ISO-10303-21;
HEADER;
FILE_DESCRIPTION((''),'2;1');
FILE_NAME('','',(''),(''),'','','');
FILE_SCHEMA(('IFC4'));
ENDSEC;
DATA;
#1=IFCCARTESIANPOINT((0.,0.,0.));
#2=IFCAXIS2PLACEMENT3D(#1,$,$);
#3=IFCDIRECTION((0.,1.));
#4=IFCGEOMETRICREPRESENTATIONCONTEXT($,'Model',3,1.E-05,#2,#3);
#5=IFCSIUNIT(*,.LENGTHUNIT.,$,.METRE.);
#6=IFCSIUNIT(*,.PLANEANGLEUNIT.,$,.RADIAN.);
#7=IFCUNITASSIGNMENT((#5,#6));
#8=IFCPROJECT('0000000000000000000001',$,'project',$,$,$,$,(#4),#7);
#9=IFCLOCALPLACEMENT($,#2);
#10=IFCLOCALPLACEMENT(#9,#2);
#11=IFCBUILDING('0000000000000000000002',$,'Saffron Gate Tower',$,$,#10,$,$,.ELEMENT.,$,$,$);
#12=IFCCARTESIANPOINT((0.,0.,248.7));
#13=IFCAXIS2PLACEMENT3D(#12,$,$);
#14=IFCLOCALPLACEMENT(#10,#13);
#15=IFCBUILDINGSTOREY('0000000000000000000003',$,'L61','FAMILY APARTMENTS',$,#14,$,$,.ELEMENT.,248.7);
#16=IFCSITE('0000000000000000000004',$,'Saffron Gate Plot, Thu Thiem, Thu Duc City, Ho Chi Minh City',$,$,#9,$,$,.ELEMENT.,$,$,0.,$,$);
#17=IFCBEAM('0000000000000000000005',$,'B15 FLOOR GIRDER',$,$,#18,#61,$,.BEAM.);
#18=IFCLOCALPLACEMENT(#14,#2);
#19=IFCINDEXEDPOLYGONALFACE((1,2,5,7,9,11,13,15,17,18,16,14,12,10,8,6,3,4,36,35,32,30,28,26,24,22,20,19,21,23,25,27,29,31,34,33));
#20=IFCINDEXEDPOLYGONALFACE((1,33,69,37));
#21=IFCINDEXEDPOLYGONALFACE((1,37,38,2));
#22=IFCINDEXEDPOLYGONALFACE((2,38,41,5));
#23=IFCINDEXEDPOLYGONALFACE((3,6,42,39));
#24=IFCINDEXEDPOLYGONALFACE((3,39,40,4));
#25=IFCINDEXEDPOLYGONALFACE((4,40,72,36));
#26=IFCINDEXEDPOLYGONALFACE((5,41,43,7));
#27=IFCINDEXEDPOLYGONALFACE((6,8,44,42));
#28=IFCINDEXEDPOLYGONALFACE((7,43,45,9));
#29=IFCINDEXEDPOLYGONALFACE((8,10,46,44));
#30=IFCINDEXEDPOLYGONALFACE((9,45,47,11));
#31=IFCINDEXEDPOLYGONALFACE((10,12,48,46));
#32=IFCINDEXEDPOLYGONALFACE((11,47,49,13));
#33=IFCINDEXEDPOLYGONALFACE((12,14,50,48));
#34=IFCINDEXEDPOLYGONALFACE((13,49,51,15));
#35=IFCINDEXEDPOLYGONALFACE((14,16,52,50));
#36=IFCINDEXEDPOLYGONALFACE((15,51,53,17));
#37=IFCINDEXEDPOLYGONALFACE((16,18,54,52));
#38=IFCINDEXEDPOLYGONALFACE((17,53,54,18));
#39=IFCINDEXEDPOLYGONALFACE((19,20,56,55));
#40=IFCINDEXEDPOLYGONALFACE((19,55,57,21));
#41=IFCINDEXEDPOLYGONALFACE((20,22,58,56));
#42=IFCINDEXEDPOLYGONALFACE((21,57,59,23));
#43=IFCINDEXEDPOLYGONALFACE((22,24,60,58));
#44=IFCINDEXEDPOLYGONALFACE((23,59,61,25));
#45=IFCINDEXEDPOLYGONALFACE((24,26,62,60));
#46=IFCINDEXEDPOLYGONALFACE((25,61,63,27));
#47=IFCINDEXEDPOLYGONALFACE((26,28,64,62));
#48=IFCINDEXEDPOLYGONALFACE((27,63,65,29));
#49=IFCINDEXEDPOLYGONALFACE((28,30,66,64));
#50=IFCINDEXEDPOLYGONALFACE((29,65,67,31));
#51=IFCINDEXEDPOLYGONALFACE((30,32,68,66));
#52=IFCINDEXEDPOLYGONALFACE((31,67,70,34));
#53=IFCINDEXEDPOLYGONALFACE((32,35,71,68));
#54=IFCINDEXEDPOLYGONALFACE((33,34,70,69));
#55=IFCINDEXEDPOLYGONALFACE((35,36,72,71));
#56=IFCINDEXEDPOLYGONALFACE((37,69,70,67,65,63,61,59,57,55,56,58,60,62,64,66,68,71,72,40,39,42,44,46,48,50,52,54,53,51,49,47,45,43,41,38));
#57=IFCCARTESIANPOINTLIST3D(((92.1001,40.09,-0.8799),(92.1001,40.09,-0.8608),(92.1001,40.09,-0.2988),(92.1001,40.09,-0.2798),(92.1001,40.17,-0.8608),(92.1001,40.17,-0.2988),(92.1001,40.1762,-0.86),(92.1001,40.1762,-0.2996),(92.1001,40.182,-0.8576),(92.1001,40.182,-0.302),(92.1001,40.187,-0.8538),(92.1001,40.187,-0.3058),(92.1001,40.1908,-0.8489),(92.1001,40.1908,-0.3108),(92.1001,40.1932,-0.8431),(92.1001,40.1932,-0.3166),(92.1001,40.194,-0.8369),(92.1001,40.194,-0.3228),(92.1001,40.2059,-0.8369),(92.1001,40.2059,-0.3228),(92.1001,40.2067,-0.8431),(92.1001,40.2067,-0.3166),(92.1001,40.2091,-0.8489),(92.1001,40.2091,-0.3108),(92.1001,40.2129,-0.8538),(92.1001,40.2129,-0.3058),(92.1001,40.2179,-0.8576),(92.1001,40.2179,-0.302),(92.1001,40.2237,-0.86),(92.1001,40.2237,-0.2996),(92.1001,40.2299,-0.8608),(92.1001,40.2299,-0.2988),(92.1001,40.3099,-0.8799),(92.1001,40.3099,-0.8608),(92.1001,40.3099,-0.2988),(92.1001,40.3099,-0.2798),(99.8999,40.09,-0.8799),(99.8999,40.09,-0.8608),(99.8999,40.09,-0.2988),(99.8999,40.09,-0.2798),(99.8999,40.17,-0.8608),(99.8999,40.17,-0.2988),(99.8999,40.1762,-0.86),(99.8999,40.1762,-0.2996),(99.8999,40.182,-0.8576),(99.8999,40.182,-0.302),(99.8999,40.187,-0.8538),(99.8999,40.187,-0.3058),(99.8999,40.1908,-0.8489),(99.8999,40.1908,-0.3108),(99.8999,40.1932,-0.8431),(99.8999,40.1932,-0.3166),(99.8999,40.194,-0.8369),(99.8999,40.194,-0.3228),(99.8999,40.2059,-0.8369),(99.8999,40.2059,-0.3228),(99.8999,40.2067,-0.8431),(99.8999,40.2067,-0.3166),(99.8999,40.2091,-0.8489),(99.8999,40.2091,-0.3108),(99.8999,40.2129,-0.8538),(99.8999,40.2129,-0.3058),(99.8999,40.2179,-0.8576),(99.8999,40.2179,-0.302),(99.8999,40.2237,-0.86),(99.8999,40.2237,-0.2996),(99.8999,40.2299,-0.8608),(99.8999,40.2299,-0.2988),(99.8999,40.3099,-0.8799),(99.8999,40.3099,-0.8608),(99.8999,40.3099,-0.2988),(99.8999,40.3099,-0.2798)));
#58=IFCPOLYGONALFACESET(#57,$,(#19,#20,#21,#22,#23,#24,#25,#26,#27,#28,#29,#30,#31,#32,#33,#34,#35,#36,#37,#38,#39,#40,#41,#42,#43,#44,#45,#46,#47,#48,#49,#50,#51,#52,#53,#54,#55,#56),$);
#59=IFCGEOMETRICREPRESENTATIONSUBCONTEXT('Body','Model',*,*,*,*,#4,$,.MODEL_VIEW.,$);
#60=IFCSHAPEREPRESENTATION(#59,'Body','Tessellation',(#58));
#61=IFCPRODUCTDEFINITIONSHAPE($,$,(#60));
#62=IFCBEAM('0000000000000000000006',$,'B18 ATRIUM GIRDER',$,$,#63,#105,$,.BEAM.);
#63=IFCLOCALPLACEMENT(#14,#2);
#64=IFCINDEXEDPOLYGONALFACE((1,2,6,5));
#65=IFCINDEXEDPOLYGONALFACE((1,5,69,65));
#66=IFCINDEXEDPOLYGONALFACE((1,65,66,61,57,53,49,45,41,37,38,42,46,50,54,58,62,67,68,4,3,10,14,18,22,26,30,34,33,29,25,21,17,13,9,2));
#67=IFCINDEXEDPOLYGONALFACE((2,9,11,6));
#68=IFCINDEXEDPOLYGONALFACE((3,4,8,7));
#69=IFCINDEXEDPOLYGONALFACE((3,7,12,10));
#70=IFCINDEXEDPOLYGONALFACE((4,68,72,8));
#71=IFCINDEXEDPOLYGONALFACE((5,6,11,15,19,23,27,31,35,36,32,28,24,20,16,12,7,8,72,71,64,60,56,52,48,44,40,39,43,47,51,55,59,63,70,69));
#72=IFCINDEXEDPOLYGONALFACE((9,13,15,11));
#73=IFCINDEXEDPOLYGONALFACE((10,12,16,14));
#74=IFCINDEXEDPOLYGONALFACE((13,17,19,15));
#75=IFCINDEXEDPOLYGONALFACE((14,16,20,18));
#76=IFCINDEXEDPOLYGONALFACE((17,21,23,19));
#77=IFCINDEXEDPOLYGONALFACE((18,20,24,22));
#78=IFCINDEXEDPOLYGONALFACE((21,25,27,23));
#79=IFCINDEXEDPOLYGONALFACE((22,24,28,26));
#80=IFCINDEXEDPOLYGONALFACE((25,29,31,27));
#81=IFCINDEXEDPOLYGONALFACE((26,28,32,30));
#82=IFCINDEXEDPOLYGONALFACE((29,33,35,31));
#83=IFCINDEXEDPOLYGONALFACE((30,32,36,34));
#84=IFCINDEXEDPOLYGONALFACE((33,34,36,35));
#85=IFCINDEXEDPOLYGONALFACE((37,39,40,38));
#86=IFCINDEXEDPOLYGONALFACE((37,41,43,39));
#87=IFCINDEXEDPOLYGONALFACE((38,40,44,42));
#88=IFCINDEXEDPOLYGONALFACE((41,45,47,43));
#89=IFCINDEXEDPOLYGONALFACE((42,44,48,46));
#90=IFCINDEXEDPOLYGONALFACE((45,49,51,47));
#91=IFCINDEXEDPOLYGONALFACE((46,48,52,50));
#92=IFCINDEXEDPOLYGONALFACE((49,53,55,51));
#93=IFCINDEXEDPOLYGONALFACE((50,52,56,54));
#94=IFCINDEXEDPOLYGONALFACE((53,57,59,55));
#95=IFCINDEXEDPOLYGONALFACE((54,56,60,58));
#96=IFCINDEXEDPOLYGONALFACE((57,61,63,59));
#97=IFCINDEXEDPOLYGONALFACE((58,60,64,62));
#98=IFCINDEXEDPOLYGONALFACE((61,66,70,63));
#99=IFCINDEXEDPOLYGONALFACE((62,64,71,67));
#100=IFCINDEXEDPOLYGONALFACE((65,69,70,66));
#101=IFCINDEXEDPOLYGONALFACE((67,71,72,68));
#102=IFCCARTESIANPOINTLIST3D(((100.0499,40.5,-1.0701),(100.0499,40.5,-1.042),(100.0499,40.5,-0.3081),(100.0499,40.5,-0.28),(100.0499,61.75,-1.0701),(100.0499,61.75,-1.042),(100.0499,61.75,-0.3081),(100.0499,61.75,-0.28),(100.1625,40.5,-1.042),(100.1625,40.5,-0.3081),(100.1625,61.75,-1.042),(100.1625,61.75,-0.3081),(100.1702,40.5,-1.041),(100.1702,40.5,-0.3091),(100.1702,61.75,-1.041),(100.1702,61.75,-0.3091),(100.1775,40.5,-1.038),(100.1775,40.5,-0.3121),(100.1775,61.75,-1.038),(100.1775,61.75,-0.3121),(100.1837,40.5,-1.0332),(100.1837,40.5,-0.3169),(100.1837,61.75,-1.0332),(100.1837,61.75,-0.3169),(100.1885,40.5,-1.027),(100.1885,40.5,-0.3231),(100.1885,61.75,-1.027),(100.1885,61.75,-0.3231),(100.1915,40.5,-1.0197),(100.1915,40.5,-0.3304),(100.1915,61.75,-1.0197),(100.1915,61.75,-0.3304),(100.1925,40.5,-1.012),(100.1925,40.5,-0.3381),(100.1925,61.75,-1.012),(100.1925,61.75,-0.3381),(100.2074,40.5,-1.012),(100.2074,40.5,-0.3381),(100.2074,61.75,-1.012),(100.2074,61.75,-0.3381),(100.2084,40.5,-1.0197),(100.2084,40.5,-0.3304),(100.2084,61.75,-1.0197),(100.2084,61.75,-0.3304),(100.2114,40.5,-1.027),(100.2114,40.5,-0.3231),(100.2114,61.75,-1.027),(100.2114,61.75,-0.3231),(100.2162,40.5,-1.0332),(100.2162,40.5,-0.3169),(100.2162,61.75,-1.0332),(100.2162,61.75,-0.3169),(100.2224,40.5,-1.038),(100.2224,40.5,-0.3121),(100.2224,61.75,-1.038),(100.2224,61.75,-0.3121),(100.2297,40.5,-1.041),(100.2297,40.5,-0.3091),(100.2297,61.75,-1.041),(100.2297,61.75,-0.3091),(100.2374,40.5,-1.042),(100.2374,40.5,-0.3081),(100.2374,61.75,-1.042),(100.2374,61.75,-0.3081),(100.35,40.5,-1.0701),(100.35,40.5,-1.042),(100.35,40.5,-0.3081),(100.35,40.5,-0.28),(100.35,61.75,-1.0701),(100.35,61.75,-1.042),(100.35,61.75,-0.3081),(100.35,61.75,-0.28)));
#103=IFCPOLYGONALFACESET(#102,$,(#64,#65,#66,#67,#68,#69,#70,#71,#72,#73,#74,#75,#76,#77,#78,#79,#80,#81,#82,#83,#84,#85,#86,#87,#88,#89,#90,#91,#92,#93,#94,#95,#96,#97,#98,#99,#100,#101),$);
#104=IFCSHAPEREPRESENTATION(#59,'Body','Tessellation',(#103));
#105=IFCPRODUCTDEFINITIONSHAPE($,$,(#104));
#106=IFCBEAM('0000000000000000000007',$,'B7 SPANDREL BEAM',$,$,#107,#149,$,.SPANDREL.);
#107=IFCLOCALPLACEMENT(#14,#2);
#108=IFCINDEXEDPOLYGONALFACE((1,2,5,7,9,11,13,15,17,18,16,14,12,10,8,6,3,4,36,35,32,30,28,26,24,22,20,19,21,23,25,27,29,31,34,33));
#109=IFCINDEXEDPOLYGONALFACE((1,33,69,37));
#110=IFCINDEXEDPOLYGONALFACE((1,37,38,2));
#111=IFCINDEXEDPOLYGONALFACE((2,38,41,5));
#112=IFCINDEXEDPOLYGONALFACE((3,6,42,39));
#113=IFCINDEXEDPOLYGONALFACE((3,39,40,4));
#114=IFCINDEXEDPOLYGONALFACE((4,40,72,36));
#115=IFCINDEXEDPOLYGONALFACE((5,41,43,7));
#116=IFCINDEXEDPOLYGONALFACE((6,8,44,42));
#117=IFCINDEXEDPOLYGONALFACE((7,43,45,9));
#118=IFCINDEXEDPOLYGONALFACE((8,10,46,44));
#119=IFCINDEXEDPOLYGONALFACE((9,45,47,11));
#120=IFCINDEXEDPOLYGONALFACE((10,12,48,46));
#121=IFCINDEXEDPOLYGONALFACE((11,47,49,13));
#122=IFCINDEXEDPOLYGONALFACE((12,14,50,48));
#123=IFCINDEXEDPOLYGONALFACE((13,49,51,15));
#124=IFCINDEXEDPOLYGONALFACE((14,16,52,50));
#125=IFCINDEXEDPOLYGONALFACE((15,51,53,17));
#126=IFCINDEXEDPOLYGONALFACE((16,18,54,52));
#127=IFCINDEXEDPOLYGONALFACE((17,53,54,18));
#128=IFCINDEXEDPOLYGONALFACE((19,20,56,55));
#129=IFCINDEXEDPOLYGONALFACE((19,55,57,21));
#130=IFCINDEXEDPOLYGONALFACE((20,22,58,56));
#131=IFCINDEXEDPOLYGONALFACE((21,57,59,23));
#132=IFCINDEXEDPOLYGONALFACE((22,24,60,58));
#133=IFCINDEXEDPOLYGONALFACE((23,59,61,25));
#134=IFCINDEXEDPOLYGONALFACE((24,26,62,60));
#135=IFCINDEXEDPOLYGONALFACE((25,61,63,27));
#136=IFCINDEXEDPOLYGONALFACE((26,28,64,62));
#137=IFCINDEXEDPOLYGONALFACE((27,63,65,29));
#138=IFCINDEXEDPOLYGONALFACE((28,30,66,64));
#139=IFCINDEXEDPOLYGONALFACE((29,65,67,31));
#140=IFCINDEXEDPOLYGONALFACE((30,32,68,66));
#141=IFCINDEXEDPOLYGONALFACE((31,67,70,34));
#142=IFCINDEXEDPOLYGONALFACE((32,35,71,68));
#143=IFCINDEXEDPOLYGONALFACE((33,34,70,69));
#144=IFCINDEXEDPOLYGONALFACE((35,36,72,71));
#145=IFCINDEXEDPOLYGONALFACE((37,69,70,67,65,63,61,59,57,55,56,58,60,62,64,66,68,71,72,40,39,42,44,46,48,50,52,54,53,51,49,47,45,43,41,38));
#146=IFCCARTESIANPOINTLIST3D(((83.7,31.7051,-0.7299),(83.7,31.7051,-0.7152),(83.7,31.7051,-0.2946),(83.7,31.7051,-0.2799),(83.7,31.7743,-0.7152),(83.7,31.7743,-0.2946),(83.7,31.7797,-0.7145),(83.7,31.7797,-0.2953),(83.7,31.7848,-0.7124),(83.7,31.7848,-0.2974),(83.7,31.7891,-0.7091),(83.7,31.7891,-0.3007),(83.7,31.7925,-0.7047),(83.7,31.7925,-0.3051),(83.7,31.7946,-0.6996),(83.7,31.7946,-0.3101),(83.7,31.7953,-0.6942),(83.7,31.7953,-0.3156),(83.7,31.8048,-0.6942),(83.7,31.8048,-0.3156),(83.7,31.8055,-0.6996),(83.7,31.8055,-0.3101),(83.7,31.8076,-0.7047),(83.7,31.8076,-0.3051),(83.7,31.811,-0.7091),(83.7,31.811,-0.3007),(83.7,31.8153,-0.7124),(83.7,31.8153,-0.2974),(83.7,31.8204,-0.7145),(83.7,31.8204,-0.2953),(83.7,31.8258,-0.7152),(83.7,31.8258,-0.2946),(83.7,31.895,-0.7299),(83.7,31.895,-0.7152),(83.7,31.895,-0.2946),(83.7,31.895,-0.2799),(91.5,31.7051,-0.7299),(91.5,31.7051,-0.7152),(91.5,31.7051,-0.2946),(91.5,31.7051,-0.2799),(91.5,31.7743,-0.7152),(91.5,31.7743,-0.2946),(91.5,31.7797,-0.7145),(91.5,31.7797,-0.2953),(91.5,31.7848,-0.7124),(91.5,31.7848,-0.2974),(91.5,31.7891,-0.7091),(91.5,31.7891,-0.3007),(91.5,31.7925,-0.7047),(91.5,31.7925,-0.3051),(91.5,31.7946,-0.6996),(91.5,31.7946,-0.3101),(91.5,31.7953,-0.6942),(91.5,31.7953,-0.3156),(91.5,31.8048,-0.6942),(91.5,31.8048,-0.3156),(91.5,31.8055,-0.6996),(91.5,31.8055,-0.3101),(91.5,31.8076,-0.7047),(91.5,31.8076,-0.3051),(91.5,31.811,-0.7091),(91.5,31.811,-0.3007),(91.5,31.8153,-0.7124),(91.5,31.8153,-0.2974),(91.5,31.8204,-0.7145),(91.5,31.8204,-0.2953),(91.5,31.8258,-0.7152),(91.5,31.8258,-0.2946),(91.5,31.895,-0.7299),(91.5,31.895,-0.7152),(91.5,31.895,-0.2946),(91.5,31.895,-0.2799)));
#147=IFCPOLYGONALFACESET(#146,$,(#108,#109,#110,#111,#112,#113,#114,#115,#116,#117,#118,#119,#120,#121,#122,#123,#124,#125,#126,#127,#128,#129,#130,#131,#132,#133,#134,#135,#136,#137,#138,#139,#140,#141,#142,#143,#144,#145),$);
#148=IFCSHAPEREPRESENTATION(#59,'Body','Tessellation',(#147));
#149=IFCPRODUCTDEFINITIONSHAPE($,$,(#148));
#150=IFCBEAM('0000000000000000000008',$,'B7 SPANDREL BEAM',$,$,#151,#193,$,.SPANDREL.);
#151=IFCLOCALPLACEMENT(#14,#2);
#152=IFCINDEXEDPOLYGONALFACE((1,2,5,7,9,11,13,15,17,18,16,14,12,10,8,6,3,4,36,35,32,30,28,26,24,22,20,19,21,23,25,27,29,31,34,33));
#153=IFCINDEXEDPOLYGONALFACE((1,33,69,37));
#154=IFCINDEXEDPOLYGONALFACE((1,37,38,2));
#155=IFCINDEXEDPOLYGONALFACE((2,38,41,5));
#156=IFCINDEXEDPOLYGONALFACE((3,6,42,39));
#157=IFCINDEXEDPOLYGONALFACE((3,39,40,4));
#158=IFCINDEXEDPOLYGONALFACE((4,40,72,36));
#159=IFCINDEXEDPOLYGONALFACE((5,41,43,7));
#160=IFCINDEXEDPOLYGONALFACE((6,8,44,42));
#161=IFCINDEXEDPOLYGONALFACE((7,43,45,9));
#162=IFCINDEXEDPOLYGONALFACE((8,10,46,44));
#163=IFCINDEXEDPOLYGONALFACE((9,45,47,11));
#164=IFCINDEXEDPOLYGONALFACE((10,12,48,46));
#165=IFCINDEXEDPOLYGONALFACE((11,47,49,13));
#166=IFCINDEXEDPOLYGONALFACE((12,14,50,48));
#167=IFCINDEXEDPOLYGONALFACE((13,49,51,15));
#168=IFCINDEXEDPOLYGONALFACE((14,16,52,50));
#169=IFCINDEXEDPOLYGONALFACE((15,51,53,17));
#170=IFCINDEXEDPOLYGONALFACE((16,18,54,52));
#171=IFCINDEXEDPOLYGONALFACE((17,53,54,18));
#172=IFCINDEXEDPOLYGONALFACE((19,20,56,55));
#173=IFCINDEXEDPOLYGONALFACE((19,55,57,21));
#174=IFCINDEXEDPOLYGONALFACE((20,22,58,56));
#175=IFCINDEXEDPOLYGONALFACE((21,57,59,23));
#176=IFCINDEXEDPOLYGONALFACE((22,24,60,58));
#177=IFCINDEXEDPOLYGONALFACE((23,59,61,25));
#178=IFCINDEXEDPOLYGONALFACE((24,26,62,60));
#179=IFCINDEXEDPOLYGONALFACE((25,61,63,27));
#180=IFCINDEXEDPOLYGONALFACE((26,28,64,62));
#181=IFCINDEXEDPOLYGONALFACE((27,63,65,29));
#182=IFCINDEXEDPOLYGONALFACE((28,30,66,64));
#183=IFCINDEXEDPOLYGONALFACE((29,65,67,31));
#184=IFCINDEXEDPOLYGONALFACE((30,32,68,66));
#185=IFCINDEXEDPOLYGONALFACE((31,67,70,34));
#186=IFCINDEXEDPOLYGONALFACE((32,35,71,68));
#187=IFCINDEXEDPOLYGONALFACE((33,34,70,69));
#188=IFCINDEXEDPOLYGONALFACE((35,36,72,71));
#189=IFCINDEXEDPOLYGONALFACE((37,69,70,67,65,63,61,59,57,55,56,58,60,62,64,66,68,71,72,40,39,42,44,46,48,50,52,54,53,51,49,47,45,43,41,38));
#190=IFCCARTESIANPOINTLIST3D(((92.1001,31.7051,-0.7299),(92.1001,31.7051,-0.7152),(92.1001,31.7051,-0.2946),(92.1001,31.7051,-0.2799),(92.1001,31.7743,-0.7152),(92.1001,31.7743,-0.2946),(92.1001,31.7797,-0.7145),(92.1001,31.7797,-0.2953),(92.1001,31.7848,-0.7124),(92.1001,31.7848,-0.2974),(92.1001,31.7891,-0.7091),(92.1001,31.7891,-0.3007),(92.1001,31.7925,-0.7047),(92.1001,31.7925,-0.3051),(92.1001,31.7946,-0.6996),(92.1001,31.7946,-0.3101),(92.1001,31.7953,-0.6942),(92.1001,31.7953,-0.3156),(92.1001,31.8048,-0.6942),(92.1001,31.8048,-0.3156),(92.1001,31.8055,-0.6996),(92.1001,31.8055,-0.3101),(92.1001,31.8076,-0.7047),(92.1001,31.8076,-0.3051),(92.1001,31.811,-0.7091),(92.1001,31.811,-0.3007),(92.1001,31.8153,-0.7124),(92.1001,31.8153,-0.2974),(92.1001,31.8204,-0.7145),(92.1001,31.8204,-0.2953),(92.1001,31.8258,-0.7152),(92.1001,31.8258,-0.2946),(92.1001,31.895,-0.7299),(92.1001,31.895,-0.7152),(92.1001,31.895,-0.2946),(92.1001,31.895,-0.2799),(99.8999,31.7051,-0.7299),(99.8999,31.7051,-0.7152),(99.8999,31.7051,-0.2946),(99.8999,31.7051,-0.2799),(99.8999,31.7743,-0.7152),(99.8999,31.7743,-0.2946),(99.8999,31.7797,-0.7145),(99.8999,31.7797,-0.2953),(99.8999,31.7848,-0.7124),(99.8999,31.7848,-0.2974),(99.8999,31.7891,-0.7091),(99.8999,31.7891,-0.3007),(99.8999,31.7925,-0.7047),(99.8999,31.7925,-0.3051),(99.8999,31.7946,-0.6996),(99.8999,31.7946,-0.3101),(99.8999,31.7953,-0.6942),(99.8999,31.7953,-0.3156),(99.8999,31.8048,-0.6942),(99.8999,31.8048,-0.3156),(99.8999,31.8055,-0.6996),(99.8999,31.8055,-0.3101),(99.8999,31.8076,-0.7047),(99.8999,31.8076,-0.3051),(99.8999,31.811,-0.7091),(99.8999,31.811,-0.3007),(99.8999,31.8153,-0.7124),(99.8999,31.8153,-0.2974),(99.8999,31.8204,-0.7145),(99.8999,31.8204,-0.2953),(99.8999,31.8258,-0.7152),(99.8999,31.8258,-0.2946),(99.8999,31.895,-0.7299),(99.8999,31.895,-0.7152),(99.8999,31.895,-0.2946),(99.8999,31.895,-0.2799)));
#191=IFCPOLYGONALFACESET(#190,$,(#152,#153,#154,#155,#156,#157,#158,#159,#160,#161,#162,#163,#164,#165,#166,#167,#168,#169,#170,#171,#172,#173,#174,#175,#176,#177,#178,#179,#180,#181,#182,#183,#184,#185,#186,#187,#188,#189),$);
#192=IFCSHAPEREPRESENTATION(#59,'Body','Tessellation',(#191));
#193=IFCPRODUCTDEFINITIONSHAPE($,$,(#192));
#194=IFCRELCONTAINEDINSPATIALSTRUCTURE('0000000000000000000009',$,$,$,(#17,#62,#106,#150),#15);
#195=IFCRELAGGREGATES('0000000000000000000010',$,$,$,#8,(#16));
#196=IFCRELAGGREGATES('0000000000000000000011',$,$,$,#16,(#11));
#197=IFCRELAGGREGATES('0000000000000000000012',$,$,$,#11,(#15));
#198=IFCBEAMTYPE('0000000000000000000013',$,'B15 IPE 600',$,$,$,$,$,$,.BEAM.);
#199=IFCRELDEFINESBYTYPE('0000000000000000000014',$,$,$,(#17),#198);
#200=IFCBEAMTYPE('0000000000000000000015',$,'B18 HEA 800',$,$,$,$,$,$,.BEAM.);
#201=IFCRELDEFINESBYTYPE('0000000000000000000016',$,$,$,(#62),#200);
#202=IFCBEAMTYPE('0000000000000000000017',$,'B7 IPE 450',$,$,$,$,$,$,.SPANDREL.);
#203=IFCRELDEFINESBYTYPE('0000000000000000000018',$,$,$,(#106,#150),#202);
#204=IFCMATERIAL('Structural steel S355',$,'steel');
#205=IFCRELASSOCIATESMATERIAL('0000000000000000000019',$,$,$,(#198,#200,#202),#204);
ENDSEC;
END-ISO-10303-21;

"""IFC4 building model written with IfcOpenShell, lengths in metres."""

from ifc_helpers import new_model, si_unit, direction, frame, origin, origin_2d, place, context, subcontext, project, spatial, i_section, extrude, material, material_profile, profile_set, type_object, element, save


model = new_model("IFC4")

# Units and contexts
model_context = context("Model", 3, precision=1e-05, world=origin(), true_north=direction((0.0, 1.0)))
body_context = subcontext(model_context, "Body", "Model", "MODEL_VIEW")
ifc_project = project(units=[si_unit("LENGTHUNIT", "METRE"), si_unit("PLANEANGLEUNIT", "RADIAN")], contexts=[model_context])

# Site, building, storey
site_placement = place(None, origin())
site = spatial("IfcSite", under=ifc_project, at=site_placement, Name="Saffron Gate Plot, Thu Thiem, Thu Duc City, Ho Chi Minh City", CompositionType="ELEMENT", RefElevation=0.0)
building_placement = place(site_placement, origin())
building = spatial("IfcBuilding", under=site, at=building_placement, Name="Saffron Gate Tower", CompositionType="ELEMENT")
storey_placement = place(building_placement, frame((0.0, 0.0, 248.7)))
storey = spatial("IfcBuildingStorey", under=building, at=storey_placement, Name="L61", Description="FAMILY APARTMENTS", CompositionType="ELEMENT", Elevation=248.7)

# Beams
ifc_material_1 = material(Name="Structural steel S355", Category="steel")
ifc_material_profile_1 = material_profile(ifc_material_1, i_section(OverallWidth=0.22, OverallDepth=0.6001, WebThickness=0.012, FlangeThickness=0.019, FilletRadius=0.0239, at=origin_2d()))
ifc_profile_set_1 = profile_set([ifc_material_profile_1], Name="Structural steel S355")
beam_type_1 = type_object("IfcBeamType", Name="B15 IPE 600", PredefinedType="BEAM", material=ifc_profile_set_1)
beam_1_placement = place(storey_placement, frame((92.1001, 40.2, -0.5798), z_axis=(1.0, 0.0, 0.0), x_axis=(0.0, 1.0, 0.0)))
element("IfcBeam", 1, at=beam_1_placement, inside=storey, type_object=beam_type_1, Name="B15 FLOOR GIRDER", PredefinedType="BEAM", context=body_context, shape_type="SweptSolid", body=[
    extrude(i_section(OverallWidth=0.22, OverallDepth=0.6001, WebThickness=0.012, FlangeThickness=0.019, FilletRadius=0.0239, at=origin_2d()), origin(), (0.0, 0.0, 1.0), 7.7998),
])
ifc_material_profile_2 = material_profile(ifc_material_1, i_section(OverallWidth=0.3, OverallDepth=0.79, WebThickness=0.0149, FlangeThickness=0.0281, FilletRadius=0.03, at=origin_2d()))
ifc_profile_set_2 = profile_set([ifc_material_profile_2], Name="Structural steel S355")
beam_type_2 = type_object("IfcBeamType", Name="B18 HEA 800", PredefinedType="BEAM", material=ifc_profile_set_2)
beam_2_placement = place(storey_placement, frame((100.2, 40.5, -0.675), z_axis=(0.0, 1.0, 0.0), x_axis=(-1.0, 0.0, 0.0)))
element("IfcBeam", 2, at=beam_2_placement, inside=storey, type_object=beam_type_2, Name="B18 ATRIUM GIRDER", PredefinedType="BEAM", context=body_context, shape_type="SweptSolid", body=[
    extrude(i_section(OverallWidth=0.3, OverallDepth=0.79, WebThickness=0.0149, FlangeThickness=0.0281, FilletRadius=0.03, at=origin_2d()), origin(), (0.0, 0.0, 1.0), 21.25),
])
ifc_material_profile_3 = material_profile(ifc_material_1, i_section(OverallWidth=0.1899, OverallDepth=0.45, WebThickness=0.0095, FlangeThickness=0.0146, FilletRadius=0.021, at=origin_2d()))
ifc_profile_set_3 = profile_set([ifc_material_profile_3], Name="Structural steel S355")
beam_type_3 = type_object("IfcBeamType", Name="B7 IPE 450", PredefinedType="SPANDREL", material=ifc_profile_set_3)
beam_3_placement = place(storey_placement, frame((83.7, 31.8, -0.5049), z_axis=(1.0, 0.0, 0.0), x_axis=(0.0, 1.0, 0.0)))
element("IfcBeam", 3, at=beam_3_placement, inside=storey, type_object=beam_type_3, Name="B7 SPANDREL BEAM", PredefinedType="SPANDREL", context=body_context, shape_type="SweptSolid", body=[
    extrude(i_section(OverallWidth=0.1899, OverallDepth=0.45, WebThickness=0.0095, FlangeThickness=0.0146, FilletRadius=0.021, at=origin_2d()), origin(), (0.0, 0.0, 1.0), 7.8),
])
beam_4_placement = place(storey_placement, frame((92.1001, 31.8, -0.5049), z_axis=(1.0, 0.0, 0.0), x_axis=(0.0, 1.0, 0.0)))
element("IfcBeam", 4, at=beam_4_placement, inside=storey, type_object=beam_type_3, Name="B7 SPANDREL BEAM", PredefinedType="SPANDREL", context=body_context, shape_type="SweptSolid", body=[
    extrude(i_section(OverallWidth=0.1899, OverallDepth=0.45, WebThickness=0.0095, FlangeThickness=0.0146, FilletRadius=0.021, at=origin_2d()), origin(), (0.0, 0.0, 1.0), 7.7998),
])

save(model, "model.ifc")
